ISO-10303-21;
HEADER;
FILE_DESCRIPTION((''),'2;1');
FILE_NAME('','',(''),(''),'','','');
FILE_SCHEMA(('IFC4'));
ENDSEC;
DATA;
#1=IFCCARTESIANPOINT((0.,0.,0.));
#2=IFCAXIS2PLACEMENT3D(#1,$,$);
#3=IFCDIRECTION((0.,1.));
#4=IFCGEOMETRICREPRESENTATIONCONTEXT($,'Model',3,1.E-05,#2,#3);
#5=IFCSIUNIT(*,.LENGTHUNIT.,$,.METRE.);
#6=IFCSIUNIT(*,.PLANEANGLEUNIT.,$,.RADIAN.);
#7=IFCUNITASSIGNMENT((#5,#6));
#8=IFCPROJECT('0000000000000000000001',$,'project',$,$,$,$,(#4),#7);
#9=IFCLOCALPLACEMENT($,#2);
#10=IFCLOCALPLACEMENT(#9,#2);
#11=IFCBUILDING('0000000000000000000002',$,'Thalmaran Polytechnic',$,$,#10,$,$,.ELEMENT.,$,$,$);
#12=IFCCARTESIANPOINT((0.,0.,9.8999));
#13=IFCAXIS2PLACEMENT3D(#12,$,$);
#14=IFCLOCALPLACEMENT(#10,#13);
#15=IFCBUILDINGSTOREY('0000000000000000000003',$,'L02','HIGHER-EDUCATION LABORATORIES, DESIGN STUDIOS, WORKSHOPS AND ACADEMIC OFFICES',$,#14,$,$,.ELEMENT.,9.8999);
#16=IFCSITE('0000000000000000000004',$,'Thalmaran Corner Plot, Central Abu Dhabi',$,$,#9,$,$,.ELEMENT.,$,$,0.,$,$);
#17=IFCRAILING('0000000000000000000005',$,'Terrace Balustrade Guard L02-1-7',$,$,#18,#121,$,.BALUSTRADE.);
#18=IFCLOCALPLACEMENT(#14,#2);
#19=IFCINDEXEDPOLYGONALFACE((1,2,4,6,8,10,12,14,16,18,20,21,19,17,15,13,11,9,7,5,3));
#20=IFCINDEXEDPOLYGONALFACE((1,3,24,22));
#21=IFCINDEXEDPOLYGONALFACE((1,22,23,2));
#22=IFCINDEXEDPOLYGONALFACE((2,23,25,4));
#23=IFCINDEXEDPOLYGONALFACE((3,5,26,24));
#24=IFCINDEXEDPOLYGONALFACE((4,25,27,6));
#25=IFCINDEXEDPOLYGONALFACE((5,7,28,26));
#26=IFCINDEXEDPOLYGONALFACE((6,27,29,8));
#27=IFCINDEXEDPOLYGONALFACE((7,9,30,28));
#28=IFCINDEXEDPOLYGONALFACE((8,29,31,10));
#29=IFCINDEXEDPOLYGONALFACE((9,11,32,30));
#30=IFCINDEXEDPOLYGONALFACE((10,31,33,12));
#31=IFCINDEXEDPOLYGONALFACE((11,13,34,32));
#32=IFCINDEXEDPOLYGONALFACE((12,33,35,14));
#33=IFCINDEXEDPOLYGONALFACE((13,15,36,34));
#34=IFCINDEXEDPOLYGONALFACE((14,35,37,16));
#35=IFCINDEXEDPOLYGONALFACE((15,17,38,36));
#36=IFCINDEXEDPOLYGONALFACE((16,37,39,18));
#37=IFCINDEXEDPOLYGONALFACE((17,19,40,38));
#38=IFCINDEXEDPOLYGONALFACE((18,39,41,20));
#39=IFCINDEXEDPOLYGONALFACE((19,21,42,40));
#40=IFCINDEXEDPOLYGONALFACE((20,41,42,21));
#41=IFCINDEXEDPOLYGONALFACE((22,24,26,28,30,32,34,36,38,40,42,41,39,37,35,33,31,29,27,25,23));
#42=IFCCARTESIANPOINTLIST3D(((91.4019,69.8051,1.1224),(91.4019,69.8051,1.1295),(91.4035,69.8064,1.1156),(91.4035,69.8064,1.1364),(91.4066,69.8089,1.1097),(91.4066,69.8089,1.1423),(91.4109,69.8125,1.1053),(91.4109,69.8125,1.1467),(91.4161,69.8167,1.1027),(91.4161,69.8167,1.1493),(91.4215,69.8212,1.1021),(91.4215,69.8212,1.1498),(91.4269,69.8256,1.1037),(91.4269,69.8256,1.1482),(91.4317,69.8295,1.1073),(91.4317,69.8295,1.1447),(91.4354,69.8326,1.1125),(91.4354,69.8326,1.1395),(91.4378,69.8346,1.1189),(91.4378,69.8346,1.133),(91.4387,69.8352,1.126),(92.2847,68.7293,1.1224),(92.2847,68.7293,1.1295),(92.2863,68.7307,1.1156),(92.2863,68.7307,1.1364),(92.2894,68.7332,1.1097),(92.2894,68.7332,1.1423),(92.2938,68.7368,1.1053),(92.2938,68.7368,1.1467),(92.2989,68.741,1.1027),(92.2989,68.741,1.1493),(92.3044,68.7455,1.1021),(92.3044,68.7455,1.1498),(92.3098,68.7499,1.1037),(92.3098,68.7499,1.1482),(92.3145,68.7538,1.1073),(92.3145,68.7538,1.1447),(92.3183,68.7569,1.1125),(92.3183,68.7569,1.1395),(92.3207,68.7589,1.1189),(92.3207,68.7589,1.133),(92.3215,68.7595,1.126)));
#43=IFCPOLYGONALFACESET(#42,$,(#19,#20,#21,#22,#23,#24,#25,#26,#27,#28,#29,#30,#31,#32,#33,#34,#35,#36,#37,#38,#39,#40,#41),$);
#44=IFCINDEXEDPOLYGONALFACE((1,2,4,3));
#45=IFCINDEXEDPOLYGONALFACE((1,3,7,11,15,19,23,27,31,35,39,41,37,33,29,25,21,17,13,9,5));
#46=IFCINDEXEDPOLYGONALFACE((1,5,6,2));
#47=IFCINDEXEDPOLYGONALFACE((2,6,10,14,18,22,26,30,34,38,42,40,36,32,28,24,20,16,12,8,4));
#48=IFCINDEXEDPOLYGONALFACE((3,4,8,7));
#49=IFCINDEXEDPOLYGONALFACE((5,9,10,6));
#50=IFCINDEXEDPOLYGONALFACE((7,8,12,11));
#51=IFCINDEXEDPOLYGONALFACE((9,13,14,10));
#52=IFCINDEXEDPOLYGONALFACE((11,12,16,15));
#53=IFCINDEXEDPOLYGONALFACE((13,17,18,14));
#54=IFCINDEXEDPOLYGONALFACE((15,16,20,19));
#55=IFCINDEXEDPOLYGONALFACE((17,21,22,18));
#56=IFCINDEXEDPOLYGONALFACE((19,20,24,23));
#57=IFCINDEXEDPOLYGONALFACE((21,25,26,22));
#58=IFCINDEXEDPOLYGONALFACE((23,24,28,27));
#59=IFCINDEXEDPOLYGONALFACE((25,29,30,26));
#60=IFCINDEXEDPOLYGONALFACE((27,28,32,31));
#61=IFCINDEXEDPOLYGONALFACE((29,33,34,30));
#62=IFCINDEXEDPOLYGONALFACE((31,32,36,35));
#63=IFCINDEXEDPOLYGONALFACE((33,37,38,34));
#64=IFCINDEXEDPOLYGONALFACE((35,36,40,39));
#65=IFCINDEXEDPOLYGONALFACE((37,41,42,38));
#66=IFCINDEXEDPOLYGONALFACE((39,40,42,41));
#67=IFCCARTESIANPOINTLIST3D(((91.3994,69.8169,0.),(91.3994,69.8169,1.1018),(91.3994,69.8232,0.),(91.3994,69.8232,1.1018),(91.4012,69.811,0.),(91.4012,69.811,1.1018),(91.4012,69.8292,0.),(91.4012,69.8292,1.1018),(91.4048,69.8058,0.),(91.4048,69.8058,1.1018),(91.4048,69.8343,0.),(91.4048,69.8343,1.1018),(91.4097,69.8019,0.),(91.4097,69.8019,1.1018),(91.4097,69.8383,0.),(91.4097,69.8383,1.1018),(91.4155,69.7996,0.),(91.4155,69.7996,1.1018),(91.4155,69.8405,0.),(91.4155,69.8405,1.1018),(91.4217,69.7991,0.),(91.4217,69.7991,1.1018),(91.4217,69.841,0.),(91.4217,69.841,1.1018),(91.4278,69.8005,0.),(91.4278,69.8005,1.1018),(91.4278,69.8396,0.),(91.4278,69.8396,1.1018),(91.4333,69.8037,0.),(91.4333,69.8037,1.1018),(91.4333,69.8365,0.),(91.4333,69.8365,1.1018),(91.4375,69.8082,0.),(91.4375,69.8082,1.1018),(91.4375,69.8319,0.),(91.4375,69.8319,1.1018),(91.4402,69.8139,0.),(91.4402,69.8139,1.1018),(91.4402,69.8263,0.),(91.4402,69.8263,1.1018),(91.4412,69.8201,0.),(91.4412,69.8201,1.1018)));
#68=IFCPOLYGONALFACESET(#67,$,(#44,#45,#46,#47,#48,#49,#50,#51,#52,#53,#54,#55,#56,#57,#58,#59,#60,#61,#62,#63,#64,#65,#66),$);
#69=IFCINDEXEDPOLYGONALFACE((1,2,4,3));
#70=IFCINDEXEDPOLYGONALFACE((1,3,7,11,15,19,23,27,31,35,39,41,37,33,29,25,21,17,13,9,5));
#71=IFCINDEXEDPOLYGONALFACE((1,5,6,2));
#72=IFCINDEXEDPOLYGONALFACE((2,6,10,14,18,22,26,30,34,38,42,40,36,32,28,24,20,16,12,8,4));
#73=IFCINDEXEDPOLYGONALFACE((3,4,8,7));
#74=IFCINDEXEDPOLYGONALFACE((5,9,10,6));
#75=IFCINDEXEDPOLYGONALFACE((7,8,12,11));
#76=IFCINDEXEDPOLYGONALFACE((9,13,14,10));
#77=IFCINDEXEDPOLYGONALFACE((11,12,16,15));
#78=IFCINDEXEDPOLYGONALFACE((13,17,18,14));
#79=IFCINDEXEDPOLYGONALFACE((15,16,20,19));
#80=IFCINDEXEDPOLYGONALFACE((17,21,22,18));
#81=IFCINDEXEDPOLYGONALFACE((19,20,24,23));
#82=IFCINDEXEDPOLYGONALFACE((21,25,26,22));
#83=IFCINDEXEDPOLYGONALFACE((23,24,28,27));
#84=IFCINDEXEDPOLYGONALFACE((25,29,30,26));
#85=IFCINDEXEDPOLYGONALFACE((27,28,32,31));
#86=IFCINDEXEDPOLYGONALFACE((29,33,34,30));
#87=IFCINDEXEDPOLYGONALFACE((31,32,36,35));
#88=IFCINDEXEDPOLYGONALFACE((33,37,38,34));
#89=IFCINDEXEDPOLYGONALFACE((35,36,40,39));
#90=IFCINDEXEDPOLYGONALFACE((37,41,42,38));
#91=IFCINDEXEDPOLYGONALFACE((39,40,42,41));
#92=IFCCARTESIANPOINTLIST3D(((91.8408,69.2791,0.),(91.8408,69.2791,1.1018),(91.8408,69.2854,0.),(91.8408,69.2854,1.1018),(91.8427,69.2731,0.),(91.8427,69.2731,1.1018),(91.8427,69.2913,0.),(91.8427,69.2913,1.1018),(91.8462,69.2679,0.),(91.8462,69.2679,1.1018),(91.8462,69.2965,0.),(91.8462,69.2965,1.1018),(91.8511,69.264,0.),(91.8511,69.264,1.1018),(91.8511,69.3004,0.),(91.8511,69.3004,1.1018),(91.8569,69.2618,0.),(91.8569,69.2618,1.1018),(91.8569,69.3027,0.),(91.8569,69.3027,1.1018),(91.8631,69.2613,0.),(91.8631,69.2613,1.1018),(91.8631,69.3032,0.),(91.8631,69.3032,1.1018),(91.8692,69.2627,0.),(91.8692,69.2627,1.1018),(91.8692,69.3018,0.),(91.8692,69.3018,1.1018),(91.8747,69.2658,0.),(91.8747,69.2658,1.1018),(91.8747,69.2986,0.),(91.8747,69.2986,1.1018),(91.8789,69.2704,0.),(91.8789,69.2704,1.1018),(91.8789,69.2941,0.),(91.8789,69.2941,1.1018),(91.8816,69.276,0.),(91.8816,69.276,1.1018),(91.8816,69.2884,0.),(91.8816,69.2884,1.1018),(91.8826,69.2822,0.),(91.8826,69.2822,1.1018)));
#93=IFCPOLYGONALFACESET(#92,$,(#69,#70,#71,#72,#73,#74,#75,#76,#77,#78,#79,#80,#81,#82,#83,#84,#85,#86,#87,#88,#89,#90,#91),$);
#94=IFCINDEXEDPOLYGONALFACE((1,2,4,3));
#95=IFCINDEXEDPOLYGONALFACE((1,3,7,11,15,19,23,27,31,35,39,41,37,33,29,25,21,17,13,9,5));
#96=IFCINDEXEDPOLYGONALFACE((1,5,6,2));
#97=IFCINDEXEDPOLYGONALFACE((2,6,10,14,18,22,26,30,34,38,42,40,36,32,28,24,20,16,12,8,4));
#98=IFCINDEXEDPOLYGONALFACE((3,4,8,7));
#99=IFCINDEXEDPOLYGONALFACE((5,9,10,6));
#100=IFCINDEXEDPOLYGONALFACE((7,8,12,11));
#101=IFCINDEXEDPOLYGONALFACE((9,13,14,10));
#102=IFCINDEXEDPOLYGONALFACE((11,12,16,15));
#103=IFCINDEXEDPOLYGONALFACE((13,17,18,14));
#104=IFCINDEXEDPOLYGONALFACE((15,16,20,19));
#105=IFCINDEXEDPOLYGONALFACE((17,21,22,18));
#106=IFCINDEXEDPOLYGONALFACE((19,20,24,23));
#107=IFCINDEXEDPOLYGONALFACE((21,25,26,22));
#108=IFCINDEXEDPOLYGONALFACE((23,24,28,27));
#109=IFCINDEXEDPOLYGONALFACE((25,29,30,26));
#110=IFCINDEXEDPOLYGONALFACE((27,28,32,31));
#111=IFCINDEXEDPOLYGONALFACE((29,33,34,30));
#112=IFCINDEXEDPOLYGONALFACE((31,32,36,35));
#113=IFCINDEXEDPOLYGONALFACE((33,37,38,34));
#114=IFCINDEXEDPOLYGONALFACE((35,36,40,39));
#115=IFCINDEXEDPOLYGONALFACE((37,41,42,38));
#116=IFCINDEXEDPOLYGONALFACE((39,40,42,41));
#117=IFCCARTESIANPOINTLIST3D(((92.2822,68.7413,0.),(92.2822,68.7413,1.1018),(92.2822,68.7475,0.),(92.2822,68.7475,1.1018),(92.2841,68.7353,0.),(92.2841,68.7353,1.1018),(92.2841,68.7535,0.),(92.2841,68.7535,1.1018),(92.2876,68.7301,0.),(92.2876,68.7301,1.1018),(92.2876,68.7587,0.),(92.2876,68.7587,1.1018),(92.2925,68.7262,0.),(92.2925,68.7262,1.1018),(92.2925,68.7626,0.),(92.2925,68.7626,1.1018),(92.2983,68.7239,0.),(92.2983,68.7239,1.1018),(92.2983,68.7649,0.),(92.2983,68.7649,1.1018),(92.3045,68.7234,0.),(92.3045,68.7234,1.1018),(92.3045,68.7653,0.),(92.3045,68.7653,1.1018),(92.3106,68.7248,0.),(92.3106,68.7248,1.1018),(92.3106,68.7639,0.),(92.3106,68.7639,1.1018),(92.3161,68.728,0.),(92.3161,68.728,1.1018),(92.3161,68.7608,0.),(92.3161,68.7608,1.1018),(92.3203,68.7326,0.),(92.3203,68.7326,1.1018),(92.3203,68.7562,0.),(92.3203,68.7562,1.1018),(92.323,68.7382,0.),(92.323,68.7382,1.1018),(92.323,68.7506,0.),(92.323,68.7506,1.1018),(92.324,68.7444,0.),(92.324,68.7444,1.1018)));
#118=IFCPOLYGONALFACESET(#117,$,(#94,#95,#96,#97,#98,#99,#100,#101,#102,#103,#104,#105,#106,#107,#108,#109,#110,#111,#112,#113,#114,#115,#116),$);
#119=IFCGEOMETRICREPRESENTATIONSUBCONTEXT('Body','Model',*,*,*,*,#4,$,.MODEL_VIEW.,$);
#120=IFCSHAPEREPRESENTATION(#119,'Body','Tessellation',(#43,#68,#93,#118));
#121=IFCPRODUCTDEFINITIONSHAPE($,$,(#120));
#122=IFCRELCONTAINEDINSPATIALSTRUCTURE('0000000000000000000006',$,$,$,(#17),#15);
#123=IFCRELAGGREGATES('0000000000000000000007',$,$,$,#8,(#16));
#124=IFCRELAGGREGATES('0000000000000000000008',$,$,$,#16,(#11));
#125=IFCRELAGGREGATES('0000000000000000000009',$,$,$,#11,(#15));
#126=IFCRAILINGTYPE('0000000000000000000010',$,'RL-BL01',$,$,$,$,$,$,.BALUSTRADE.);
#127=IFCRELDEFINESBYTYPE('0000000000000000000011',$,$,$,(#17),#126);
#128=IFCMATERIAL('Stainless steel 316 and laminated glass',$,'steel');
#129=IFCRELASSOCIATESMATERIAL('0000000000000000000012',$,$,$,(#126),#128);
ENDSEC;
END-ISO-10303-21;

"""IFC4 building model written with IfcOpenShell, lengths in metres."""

from ifc_helpers import new_model, si_unit, direction, frame, origin, origin_2d, place, context, subcontext, project, spatial, circle, extrude, material, type_object, element, save


model = new_model("IFC4")

# Units and contexts
model_context = context("Model", 3, precision=1e-05, world=origin(), true_north=direction((0.0, 1.0)))
body_context = subcontext(model_context, "Body", "Model", "MODEL_VIEW")
ifc_project = project(units=[si_unit("LENGTHUNIT", "METRE"), si_unit("PLANEANGLEUNIT", "RADIAN")], contexts=[model_context])

# Site, building, storey
site_placement = place(None, origin())
site = spatial("IfcSite", under=ifc_project, at=site_placement, Name="Thalmaran Corner Plot, Central Abu Dhabi", CompositionType="ELEMENT", RefElevation=0.0)
building_placement = place(site_placement, origin())
building = spatial("IfcBuilding", under=site, at=building_placement, Name="Thalmaran Polytechnic", CompositionType="ELEMENT")
storey_placement = place(building_placement, frame((0.0, 0.0, 9.8999)))
storey = spatial("IfcBuildingStorey", under=building, at=storey_placement, Name="L02", Description="HIGHER-EDUCATION LABORATORIES, DESIGN STUDIOS, WORKSHOPS AND ACADEMIC OFFICES", CompositionType="ELEMENT", Elevation=9.8999)

# Railing
ifc_material = material(Name="Stainless steel 316 and laminated glass", Category="steel")
railing_type = type_object("IfcRailingType", Name="RL-BL01", PredefinedType="BALUSTRADE", material=ifc_material)
railing_1_placement = place(storey_placement, frame((91.4202, 69.8201, 0.0)))
element("IfcRailing", 1, at=railing_1_placement, inside=storey, type_object=railing_type, Name="Terrace Balustrade Guard L02-1-7", PredefinedType="BALUSTRADE", context=body_context, shape_type="SweptSolid", body=[
    extrude(circle(Radius=0.0239, at=origin_2d()), frame((0.0, 0.0, 1.126), z_axis=(0.634403, -0.773003, 0.0), x_axis=(0.773003, 0.634403, 0.0)), (0.0, 0.0, 1.0), 1.3916),
    extrude(circle(Radius=0.021, at=origin_2d()), origin(), (0.0, 0.0, 1.0), 1.1018),
    extrude(circle(Radius=0.021, at=origin_2d()), frame((0.4414, -0.5378, 0.0)), (0.0, 0.0, 1.0), 1.1018),
    extrude(circle(Radius=0.021, at=origin_2d()), frame((0.8828, -1.0757, 0.0)), (0.0, 0.0, 1.0), 1.1018),
])

save(model, "model.ifc")
